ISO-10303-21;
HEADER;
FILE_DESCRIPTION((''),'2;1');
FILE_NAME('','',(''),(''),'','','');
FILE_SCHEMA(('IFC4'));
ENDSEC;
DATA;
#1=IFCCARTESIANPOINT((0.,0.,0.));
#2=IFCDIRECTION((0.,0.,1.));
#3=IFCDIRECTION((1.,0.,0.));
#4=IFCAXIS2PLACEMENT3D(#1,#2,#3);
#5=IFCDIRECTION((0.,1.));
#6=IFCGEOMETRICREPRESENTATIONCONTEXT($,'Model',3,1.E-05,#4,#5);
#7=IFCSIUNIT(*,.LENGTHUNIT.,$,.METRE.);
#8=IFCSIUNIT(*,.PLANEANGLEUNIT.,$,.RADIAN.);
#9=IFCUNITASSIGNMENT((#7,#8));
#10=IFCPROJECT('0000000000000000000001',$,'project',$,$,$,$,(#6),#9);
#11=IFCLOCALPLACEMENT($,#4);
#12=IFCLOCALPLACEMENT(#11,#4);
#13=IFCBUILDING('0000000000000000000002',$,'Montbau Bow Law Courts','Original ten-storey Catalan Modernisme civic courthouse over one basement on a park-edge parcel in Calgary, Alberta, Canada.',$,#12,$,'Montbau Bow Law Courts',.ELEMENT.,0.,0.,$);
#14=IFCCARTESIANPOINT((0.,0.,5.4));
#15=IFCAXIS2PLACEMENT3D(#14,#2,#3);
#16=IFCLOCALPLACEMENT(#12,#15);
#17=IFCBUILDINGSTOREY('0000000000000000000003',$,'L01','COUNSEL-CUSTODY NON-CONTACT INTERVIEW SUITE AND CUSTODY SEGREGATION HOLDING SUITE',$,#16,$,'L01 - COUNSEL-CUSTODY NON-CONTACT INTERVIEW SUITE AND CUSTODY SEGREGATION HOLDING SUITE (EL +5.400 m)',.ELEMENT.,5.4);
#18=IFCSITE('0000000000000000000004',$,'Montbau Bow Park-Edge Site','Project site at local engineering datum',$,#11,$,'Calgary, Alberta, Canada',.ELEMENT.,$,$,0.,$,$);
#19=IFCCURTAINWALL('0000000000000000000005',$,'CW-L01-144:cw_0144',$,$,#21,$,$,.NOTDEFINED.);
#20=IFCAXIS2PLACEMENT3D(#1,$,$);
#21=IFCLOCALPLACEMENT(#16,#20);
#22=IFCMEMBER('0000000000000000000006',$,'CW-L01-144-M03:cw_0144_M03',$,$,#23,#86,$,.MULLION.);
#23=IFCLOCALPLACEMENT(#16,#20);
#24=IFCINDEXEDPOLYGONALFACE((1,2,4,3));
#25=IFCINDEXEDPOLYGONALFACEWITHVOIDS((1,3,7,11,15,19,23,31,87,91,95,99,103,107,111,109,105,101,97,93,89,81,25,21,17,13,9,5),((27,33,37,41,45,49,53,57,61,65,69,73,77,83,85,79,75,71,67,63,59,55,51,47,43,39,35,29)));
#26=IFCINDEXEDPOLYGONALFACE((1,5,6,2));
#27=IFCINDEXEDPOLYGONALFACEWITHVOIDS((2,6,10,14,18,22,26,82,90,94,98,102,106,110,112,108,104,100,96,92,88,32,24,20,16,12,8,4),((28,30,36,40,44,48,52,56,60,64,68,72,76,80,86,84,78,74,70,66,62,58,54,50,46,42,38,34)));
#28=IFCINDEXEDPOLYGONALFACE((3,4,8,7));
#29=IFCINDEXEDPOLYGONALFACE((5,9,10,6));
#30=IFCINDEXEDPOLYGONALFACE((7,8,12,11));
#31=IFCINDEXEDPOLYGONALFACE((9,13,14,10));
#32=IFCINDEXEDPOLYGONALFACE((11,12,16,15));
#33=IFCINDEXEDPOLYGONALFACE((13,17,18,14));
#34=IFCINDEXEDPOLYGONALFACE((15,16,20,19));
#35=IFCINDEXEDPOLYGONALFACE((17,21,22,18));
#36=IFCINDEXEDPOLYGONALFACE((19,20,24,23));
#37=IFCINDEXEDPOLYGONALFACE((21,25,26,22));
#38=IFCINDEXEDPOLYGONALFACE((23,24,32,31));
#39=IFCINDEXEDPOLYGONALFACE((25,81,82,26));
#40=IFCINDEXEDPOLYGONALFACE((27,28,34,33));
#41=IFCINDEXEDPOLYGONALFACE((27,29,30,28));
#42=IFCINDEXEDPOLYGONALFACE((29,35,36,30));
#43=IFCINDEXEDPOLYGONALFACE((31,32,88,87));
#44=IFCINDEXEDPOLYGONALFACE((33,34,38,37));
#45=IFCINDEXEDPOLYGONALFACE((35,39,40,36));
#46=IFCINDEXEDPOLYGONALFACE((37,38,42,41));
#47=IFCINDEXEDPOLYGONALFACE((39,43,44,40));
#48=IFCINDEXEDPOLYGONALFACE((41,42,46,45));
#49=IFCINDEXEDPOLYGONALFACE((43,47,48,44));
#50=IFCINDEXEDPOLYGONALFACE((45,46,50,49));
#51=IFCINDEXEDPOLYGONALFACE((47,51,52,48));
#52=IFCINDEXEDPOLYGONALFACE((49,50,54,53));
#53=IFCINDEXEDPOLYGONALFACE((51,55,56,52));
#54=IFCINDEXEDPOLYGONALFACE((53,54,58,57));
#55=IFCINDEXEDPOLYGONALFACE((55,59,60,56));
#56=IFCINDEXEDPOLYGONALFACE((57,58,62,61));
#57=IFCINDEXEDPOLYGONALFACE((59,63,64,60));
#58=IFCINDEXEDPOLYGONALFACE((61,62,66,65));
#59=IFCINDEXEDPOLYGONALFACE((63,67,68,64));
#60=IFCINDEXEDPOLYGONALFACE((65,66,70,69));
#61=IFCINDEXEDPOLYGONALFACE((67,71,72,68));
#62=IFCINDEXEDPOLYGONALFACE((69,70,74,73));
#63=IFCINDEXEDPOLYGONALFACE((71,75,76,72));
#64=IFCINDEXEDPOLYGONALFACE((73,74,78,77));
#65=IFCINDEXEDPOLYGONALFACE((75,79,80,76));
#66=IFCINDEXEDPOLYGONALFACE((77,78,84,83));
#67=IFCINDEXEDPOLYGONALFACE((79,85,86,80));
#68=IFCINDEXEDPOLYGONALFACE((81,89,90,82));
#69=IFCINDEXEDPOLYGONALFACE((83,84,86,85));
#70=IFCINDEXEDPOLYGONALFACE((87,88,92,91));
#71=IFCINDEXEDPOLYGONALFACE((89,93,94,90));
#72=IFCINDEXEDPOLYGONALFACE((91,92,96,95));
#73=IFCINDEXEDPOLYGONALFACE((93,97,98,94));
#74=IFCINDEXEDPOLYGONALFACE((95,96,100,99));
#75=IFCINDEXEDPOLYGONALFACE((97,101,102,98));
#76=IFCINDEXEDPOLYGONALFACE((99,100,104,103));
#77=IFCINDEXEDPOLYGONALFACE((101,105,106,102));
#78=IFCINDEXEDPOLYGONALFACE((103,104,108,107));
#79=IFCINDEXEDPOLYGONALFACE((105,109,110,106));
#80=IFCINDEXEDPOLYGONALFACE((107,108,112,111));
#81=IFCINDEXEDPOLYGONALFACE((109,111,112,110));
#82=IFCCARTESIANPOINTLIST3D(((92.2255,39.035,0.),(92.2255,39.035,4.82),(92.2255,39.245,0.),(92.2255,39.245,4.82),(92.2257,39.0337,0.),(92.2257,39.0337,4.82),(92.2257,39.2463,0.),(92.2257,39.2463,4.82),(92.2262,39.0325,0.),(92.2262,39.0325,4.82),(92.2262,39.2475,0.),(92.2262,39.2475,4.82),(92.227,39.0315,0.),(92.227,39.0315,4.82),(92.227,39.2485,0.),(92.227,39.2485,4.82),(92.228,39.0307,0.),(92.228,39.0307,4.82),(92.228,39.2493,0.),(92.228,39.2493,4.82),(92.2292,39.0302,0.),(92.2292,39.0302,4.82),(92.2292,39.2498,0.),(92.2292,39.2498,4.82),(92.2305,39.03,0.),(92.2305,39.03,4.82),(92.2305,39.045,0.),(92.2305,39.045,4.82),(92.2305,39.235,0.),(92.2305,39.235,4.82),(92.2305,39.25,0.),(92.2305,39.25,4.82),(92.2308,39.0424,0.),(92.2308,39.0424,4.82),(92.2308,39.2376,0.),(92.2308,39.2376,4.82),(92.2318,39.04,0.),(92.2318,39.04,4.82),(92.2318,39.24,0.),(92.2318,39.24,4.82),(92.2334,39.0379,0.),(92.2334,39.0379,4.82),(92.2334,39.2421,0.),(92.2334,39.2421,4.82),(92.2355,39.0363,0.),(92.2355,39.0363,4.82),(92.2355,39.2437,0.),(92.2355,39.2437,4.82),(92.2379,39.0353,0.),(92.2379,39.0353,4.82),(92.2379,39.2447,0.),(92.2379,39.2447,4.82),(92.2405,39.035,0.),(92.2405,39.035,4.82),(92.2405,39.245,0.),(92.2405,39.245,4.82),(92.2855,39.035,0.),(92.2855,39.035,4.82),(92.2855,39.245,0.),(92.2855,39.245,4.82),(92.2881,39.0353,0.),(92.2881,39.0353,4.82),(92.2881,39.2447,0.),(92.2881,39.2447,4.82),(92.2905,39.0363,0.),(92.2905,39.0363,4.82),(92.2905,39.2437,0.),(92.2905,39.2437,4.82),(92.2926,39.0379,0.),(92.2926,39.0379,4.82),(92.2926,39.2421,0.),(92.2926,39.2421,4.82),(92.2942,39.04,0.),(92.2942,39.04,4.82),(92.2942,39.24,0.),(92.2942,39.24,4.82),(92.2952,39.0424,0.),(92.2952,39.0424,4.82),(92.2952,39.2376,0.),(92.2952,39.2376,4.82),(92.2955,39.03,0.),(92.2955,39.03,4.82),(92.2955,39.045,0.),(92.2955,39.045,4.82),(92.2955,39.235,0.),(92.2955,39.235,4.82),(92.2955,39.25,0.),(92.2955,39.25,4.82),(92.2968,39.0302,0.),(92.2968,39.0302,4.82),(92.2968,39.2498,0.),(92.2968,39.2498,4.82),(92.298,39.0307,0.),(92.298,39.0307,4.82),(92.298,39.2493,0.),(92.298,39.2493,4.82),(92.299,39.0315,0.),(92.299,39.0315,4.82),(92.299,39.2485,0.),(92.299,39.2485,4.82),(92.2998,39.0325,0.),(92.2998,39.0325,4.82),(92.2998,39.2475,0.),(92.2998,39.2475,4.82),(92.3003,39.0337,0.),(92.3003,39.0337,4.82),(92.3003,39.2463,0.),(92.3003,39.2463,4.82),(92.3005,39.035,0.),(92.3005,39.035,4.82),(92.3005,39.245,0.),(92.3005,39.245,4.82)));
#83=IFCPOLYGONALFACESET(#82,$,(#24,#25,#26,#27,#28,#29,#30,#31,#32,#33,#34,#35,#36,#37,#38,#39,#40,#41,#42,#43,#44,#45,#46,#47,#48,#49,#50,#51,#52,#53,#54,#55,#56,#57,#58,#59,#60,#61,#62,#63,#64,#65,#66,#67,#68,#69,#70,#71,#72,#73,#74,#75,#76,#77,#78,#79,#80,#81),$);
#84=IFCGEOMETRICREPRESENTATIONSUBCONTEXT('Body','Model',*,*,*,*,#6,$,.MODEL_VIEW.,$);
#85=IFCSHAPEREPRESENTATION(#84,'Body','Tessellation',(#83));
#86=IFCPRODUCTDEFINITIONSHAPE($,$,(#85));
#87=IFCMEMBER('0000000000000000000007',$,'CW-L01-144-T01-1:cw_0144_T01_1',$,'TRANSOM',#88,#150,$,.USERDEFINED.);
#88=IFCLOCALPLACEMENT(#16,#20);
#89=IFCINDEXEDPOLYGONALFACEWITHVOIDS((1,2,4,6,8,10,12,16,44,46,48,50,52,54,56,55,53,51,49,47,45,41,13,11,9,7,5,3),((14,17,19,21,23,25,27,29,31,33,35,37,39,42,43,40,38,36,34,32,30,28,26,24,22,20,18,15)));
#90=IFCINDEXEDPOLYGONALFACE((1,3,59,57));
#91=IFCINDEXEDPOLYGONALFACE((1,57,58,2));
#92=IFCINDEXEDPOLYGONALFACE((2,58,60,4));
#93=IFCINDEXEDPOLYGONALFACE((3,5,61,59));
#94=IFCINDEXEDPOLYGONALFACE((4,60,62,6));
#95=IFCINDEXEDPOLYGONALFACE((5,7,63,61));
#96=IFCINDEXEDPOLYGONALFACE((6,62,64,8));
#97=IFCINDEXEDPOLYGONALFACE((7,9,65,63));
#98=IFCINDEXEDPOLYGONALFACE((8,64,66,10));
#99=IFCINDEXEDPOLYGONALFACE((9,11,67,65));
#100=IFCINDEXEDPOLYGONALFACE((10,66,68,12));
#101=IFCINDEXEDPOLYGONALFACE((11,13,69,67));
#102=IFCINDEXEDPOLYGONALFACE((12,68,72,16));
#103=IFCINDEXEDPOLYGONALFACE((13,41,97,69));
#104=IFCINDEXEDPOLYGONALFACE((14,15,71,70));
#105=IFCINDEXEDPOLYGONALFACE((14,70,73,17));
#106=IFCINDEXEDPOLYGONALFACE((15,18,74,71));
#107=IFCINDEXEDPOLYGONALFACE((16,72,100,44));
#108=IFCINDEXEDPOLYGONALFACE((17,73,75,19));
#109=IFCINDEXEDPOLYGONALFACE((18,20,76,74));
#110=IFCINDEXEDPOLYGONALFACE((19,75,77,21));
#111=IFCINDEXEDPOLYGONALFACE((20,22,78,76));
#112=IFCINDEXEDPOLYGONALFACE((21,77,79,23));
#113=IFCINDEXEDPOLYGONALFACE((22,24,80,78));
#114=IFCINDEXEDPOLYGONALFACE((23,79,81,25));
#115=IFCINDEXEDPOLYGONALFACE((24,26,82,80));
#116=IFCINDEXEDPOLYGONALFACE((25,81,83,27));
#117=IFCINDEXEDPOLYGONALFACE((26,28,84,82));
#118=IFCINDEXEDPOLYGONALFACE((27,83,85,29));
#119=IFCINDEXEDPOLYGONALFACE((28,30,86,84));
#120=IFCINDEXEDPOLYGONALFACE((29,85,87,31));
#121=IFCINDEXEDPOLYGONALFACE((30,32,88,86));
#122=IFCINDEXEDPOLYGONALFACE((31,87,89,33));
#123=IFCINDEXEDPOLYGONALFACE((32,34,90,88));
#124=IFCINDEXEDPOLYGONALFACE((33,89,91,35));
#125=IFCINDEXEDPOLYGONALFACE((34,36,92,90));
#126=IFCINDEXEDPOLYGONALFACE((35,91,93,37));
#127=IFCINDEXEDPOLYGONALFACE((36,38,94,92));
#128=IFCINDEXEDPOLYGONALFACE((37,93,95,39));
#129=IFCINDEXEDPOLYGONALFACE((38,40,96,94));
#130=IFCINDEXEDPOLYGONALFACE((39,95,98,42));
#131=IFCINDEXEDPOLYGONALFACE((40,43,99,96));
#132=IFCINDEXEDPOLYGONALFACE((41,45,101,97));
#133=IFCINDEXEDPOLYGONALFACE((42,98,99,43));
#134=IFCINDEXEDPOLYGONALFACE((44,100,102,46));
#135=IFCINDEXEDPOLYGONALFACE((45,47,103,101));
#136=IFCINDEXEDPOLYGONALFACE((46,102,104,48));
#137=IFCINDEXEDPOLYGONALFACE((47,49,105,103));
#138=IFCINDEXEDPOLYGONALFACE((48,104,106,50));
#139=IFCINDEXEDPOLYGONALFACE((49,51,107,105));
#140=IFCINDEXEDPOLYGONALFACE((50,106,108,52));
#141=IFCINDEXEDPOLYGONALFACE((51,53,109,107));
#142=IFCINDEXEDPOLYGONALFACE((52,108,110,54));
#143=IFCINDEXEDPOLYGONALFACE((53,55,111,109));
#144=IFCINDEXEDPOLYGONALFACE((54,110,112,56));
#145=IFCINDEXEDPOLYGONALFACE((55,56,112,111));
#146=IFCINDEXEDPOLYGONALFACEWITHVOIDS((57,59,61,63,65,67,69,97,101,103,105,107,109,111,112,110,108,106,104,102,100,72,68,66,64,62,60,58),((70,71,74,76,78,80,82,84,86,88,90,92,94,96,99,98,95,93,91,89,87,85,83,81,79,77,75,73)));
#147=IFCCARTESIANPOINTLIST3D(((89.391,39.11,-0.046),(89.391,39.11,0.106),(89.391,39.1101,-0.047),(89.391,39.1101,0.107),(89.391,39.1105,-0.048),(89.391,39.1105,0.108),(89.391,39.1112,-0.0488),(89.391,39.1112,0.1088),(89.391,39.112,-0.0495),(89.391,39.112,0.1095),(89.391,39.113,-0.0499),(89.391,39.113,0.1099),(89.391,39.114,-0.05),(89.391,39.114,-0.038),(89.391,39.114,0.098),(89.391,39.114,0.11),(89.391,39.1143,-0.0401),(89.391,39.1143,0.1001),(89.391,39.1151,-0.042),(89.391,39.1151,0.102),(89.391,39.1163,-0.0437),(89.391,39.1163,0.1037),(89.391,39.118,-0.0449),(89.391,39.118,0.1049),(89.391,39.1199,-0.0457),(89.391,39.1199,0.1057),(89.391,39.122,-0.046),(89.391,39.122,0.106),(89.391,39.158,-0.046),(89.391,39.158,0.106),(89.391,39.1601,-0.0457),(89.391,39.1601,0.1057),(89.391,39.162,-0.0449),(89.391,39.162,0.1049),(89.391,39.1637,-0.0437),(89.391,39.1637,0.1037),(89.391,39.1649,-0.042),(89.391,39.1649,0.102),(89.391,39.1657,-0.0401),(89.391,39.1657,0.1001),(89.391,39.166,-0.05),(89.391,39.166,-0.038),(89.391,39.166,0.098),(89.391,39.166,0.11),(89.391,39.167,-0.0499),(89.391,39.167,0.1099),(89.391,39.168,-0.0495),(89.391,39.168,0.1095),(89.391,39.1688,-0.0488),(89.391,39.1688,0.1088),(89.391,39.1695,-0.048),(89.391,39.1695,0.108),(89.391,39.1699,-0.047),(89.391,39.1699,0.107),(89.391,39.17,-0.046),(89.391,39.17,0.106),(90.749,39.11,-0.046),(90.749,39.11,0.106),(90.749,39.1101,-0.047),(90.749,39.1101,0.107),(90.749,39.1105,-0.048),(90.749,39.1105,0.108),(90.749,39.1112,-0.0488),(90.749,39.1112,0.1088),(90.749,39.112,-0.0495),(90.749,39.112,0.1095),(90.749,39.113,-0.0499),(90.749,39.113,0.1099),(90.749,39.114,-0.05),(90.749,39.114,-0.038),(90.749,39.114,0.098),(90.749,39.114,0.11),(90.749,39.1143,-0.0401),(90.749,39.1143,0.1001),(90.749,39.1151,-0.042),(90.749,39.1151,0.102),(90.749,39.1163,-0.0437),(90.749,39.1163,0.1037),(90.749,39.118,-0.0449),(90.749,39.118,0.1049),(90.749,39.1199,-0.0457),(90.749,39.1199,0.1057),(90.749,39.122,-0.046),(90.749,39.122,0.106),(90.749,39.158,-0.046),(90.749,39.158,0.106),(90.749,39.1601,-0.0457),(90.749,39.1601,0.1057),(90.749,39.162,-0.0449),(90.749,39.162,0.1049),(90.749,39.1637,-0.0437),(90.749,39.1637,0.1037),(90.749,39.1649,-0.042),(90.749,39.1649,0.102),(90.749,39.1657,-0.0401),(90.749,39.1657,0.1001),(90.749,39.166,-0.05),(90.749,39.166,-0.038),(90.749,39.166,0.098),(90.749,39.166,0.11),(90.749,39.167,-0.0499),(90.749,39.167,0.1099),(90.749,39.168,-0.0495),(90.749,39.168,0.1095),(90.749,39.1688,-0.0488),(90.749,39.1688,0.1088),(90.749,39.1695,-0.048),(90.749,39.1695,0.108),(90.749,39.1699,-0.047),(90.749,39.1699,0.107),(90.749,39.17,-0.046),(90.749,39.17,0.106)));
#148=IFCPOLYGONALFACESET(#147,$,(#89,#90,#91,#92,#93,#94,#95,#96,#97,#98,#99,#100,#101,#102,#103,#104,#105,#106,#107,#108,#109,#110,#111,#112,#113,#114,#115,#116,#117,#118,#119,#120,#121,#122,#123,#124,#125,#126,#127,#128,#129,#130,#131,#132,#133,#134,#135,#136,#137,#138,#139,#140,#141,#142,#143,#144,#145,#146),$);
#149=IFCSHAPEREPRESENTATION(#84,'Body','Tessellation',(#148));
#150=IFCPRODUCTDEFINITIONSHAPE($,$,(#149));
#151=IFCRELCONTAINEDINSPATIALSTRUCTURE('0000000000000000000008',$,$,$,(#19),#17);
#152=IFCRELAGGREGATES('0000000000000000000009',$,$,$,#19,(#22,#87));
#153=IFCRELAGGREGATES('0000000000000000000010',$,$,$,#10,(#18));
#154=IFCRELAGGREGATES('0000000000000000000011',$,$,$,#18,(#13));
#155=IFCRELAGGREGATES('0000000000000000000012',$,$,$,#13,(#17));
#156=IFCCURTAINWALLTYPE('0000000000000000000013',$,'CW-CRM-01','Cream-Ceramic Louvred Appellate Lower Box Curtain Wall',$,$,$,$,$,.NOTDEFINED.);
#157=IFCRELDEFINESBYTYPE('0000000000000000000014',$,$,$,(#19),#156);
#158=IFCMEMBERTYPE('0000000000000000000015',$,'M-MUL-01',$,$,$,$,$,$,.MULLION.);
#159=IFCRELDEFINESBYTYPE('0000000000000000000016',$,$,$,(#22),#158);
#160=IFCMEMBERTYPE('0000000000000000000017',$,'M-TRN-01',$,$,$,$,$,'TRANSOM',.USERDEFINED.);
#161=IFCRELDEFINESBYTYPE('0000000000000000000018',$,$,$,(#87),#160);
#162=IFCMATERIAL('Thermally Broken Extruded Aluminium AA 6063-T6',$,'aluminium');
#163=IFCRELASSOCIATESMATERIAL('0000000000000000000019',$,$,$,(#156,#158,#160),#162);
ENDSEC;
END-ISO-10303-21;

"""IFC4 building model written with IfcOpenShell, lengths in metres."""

from ifc_helpers import new_model, si_unit, direction, frame, origin_with_axes, origin_2d_with_axis, place, context, subcontext, project, spatial, hollow_rectangle, extrude, material, material_profile, profile_set, type_object, element, aggregate, save


model = new_model("IFC4")

# Units and contexts
model_context = context("Model", 3, precision=1e-05, world=origin_with_axes(), true_north=direction((0.0, 1.0)))
body_context = subcontext(model_context, "Body", "Model", "MODEL_VIEW")
ifc_project = project(units=[si_unit("LENGTHUNIT", "METRE"), si_unit("PLANEANGLEUNIT", "RADIAN")], contexts=[model_context])

# Site, building, storey
site_placement = place(None, origin_with_axes())
site = spatial("IfcSite", under=ifc_project, at=site_placement, Name="Montbau Bow Park-Edge Site", Description="Project site at local engineering datum", LongName="Calgary, Alberta, Canada", CompositionType="ELEMENT", RefElevation=0.0)
building_placement = place(site_placement, origin_with_axes())
building = spatial("IfcBuilding", under=site, at=building_placement, Name="Montbau Bow Law Courts", Description="Original ten-storey Catalan Modernisme civic courthouse over one basement on a park-edge parcel in Calgary, Alberta, Canada.", LongName="Montbau Bow Law Courts", CompositionType="ELEMENT", ElevationOfRefHeight=0.0, ElevationOfTerrain=0.0)
storey_placement = place(building_placement, frame((0.0, 0.0, 5.4), z_axis=(0.0, 0.0, 1.0), x_axis=(1.0, 0.0, 0.0)))
storey = spatial("IfcBuildingStorey", under=building, at=storey_placement, Name="L01", Description="COUNSEL-CUSTODY NON-CONTACT INTERVIEW SUITE AND CUSTODY SEGREGATION HOLDING SUITE", LongName="L01 - COUNSEL-CUSTODY NON-CONTACT INTERVIEW SUITE AND CUSTODY SEGREGATION HOLDING SUITE (EL +5.400 m)", CompositionType="ELEMENT", Elevation=5.4)

# Curtain wall, members
ifc_material_1 = material(Name="Thermally Broken Extruded Aluminium AA 6063-T6", Category="aluminium")
curtain_wall_type = type_object("IfcCurtainWallType", Name="CW-CRM-01", Description="Cream-Ceramic Louvred Appellate Lower Box Curtain Wall", PredefinedType="NOTDEFINED", material=ifc_material_1)
curtain_wall_placement = place(None, frame((89.315, 39.14, 5.4), z_axis=(0.0, 0.0, 1.0), x_axis=(1.0, 0.0, 0.0)))
curtain_wall = element("IfcCurtainWall", 1, at=curtain_wall_placement, inside=storey, type_object=curtain_wall_type, Name="CW-L01-144:cw_0144", PredefinedType="NOTDEFINED")
ifc_material_profile_1 = material_profile(ifc_material_1, hollow_rectangle(XDim=0.075, YDim=0.22, WallThickness=0.005, InnerFilletRadius=0.01, OuterFilletRadius=0.005, at=origin_2d_with_axis()), Name="CWM-220X75", Category="Main", Priority=0)
ifc_profile_set_1 = profile_set([ifc_material_profile_1], Name="Thermally Broken Extruded Aluminium AA 6063-T6")
member_type_1 = type_object("IfcMemberType", Name="M-MUL-01", PredefinedType="MULLION", material=ifc_profile_set_1)
member_1_placement = place(None, frame((92.263, 39.14, 5.4), z_axis=(0.0, 0.0, 1.0), x_axis=(1.0, 0.0, 0.0)))
member_1 = element("IfcMember", 2, at=member_1_placement, type_object=member_type_1, Name="CW-L01-144-M03:cw_0144_M03", PredefinedType="MULLION", context=body_context, shape_type="SweptSolid", body=[
    extrude(hollow_rectangle(XDim=0.075, YDim=0.22, WallThickness=0.005, InnerFilletRadius=0.01, OuterFilletRadius=0.005, at=origin_2d_with_axis()), origin_with_axes(), (0.0, 0.0, 1.0), 4.82),
])
ifc_material_profile_2 = material_profile(ifc_material_1, hollow_rectangle(XDim=0.06, YDim=0.16, WallThickness=0.004, InnerFilletRadius=0.008, OuterFilletRadius=0.004, at=origin_2d_with_axis()), Name="CWT-160X60", Category="Main", Priority=0)
ifc_profile_set_2 = profile_set([ifc_material_profile_2], Name="Thermally Broken Extruded Aluminium AA 6063-T6")
member_type_2 = type_object("IfcMemberType", Name="M-TRN-01", ElementType="TRANSOM", PredefinedType="USERDEFINED", material=ifc_profile_set_2)
member_2_placement = place(None, frame((89.391, 39.14, 5.43), z_axis=(1.0, 0.0, 0.0), x_axis=(0.0, 1.0, 0.0)))
member_2 = element("IfcMember", 3, at=member_2_placement, type_object=member_type_2, Name="CW-L01-144-T01-1:cw_0144_T01_1", ObjectType="TRANSOM", PredefinedType="USERDEFINED", context=body_context, shape_type="SweptSolid", body=[
    extrude(hollow_rectangle(XDim=0.06, YDim=0.16, WallThickness=0.004, InnerFilletRadius=0.008, OuterFilletRadius=0.004, at=origin_2d_with_axis()), origin_with_axes(), (0.0, 0.0, 1.0), 1.358),
])
aggregate(curtain_wall, [member_1, member_2])

save(model, "model.ifc")
